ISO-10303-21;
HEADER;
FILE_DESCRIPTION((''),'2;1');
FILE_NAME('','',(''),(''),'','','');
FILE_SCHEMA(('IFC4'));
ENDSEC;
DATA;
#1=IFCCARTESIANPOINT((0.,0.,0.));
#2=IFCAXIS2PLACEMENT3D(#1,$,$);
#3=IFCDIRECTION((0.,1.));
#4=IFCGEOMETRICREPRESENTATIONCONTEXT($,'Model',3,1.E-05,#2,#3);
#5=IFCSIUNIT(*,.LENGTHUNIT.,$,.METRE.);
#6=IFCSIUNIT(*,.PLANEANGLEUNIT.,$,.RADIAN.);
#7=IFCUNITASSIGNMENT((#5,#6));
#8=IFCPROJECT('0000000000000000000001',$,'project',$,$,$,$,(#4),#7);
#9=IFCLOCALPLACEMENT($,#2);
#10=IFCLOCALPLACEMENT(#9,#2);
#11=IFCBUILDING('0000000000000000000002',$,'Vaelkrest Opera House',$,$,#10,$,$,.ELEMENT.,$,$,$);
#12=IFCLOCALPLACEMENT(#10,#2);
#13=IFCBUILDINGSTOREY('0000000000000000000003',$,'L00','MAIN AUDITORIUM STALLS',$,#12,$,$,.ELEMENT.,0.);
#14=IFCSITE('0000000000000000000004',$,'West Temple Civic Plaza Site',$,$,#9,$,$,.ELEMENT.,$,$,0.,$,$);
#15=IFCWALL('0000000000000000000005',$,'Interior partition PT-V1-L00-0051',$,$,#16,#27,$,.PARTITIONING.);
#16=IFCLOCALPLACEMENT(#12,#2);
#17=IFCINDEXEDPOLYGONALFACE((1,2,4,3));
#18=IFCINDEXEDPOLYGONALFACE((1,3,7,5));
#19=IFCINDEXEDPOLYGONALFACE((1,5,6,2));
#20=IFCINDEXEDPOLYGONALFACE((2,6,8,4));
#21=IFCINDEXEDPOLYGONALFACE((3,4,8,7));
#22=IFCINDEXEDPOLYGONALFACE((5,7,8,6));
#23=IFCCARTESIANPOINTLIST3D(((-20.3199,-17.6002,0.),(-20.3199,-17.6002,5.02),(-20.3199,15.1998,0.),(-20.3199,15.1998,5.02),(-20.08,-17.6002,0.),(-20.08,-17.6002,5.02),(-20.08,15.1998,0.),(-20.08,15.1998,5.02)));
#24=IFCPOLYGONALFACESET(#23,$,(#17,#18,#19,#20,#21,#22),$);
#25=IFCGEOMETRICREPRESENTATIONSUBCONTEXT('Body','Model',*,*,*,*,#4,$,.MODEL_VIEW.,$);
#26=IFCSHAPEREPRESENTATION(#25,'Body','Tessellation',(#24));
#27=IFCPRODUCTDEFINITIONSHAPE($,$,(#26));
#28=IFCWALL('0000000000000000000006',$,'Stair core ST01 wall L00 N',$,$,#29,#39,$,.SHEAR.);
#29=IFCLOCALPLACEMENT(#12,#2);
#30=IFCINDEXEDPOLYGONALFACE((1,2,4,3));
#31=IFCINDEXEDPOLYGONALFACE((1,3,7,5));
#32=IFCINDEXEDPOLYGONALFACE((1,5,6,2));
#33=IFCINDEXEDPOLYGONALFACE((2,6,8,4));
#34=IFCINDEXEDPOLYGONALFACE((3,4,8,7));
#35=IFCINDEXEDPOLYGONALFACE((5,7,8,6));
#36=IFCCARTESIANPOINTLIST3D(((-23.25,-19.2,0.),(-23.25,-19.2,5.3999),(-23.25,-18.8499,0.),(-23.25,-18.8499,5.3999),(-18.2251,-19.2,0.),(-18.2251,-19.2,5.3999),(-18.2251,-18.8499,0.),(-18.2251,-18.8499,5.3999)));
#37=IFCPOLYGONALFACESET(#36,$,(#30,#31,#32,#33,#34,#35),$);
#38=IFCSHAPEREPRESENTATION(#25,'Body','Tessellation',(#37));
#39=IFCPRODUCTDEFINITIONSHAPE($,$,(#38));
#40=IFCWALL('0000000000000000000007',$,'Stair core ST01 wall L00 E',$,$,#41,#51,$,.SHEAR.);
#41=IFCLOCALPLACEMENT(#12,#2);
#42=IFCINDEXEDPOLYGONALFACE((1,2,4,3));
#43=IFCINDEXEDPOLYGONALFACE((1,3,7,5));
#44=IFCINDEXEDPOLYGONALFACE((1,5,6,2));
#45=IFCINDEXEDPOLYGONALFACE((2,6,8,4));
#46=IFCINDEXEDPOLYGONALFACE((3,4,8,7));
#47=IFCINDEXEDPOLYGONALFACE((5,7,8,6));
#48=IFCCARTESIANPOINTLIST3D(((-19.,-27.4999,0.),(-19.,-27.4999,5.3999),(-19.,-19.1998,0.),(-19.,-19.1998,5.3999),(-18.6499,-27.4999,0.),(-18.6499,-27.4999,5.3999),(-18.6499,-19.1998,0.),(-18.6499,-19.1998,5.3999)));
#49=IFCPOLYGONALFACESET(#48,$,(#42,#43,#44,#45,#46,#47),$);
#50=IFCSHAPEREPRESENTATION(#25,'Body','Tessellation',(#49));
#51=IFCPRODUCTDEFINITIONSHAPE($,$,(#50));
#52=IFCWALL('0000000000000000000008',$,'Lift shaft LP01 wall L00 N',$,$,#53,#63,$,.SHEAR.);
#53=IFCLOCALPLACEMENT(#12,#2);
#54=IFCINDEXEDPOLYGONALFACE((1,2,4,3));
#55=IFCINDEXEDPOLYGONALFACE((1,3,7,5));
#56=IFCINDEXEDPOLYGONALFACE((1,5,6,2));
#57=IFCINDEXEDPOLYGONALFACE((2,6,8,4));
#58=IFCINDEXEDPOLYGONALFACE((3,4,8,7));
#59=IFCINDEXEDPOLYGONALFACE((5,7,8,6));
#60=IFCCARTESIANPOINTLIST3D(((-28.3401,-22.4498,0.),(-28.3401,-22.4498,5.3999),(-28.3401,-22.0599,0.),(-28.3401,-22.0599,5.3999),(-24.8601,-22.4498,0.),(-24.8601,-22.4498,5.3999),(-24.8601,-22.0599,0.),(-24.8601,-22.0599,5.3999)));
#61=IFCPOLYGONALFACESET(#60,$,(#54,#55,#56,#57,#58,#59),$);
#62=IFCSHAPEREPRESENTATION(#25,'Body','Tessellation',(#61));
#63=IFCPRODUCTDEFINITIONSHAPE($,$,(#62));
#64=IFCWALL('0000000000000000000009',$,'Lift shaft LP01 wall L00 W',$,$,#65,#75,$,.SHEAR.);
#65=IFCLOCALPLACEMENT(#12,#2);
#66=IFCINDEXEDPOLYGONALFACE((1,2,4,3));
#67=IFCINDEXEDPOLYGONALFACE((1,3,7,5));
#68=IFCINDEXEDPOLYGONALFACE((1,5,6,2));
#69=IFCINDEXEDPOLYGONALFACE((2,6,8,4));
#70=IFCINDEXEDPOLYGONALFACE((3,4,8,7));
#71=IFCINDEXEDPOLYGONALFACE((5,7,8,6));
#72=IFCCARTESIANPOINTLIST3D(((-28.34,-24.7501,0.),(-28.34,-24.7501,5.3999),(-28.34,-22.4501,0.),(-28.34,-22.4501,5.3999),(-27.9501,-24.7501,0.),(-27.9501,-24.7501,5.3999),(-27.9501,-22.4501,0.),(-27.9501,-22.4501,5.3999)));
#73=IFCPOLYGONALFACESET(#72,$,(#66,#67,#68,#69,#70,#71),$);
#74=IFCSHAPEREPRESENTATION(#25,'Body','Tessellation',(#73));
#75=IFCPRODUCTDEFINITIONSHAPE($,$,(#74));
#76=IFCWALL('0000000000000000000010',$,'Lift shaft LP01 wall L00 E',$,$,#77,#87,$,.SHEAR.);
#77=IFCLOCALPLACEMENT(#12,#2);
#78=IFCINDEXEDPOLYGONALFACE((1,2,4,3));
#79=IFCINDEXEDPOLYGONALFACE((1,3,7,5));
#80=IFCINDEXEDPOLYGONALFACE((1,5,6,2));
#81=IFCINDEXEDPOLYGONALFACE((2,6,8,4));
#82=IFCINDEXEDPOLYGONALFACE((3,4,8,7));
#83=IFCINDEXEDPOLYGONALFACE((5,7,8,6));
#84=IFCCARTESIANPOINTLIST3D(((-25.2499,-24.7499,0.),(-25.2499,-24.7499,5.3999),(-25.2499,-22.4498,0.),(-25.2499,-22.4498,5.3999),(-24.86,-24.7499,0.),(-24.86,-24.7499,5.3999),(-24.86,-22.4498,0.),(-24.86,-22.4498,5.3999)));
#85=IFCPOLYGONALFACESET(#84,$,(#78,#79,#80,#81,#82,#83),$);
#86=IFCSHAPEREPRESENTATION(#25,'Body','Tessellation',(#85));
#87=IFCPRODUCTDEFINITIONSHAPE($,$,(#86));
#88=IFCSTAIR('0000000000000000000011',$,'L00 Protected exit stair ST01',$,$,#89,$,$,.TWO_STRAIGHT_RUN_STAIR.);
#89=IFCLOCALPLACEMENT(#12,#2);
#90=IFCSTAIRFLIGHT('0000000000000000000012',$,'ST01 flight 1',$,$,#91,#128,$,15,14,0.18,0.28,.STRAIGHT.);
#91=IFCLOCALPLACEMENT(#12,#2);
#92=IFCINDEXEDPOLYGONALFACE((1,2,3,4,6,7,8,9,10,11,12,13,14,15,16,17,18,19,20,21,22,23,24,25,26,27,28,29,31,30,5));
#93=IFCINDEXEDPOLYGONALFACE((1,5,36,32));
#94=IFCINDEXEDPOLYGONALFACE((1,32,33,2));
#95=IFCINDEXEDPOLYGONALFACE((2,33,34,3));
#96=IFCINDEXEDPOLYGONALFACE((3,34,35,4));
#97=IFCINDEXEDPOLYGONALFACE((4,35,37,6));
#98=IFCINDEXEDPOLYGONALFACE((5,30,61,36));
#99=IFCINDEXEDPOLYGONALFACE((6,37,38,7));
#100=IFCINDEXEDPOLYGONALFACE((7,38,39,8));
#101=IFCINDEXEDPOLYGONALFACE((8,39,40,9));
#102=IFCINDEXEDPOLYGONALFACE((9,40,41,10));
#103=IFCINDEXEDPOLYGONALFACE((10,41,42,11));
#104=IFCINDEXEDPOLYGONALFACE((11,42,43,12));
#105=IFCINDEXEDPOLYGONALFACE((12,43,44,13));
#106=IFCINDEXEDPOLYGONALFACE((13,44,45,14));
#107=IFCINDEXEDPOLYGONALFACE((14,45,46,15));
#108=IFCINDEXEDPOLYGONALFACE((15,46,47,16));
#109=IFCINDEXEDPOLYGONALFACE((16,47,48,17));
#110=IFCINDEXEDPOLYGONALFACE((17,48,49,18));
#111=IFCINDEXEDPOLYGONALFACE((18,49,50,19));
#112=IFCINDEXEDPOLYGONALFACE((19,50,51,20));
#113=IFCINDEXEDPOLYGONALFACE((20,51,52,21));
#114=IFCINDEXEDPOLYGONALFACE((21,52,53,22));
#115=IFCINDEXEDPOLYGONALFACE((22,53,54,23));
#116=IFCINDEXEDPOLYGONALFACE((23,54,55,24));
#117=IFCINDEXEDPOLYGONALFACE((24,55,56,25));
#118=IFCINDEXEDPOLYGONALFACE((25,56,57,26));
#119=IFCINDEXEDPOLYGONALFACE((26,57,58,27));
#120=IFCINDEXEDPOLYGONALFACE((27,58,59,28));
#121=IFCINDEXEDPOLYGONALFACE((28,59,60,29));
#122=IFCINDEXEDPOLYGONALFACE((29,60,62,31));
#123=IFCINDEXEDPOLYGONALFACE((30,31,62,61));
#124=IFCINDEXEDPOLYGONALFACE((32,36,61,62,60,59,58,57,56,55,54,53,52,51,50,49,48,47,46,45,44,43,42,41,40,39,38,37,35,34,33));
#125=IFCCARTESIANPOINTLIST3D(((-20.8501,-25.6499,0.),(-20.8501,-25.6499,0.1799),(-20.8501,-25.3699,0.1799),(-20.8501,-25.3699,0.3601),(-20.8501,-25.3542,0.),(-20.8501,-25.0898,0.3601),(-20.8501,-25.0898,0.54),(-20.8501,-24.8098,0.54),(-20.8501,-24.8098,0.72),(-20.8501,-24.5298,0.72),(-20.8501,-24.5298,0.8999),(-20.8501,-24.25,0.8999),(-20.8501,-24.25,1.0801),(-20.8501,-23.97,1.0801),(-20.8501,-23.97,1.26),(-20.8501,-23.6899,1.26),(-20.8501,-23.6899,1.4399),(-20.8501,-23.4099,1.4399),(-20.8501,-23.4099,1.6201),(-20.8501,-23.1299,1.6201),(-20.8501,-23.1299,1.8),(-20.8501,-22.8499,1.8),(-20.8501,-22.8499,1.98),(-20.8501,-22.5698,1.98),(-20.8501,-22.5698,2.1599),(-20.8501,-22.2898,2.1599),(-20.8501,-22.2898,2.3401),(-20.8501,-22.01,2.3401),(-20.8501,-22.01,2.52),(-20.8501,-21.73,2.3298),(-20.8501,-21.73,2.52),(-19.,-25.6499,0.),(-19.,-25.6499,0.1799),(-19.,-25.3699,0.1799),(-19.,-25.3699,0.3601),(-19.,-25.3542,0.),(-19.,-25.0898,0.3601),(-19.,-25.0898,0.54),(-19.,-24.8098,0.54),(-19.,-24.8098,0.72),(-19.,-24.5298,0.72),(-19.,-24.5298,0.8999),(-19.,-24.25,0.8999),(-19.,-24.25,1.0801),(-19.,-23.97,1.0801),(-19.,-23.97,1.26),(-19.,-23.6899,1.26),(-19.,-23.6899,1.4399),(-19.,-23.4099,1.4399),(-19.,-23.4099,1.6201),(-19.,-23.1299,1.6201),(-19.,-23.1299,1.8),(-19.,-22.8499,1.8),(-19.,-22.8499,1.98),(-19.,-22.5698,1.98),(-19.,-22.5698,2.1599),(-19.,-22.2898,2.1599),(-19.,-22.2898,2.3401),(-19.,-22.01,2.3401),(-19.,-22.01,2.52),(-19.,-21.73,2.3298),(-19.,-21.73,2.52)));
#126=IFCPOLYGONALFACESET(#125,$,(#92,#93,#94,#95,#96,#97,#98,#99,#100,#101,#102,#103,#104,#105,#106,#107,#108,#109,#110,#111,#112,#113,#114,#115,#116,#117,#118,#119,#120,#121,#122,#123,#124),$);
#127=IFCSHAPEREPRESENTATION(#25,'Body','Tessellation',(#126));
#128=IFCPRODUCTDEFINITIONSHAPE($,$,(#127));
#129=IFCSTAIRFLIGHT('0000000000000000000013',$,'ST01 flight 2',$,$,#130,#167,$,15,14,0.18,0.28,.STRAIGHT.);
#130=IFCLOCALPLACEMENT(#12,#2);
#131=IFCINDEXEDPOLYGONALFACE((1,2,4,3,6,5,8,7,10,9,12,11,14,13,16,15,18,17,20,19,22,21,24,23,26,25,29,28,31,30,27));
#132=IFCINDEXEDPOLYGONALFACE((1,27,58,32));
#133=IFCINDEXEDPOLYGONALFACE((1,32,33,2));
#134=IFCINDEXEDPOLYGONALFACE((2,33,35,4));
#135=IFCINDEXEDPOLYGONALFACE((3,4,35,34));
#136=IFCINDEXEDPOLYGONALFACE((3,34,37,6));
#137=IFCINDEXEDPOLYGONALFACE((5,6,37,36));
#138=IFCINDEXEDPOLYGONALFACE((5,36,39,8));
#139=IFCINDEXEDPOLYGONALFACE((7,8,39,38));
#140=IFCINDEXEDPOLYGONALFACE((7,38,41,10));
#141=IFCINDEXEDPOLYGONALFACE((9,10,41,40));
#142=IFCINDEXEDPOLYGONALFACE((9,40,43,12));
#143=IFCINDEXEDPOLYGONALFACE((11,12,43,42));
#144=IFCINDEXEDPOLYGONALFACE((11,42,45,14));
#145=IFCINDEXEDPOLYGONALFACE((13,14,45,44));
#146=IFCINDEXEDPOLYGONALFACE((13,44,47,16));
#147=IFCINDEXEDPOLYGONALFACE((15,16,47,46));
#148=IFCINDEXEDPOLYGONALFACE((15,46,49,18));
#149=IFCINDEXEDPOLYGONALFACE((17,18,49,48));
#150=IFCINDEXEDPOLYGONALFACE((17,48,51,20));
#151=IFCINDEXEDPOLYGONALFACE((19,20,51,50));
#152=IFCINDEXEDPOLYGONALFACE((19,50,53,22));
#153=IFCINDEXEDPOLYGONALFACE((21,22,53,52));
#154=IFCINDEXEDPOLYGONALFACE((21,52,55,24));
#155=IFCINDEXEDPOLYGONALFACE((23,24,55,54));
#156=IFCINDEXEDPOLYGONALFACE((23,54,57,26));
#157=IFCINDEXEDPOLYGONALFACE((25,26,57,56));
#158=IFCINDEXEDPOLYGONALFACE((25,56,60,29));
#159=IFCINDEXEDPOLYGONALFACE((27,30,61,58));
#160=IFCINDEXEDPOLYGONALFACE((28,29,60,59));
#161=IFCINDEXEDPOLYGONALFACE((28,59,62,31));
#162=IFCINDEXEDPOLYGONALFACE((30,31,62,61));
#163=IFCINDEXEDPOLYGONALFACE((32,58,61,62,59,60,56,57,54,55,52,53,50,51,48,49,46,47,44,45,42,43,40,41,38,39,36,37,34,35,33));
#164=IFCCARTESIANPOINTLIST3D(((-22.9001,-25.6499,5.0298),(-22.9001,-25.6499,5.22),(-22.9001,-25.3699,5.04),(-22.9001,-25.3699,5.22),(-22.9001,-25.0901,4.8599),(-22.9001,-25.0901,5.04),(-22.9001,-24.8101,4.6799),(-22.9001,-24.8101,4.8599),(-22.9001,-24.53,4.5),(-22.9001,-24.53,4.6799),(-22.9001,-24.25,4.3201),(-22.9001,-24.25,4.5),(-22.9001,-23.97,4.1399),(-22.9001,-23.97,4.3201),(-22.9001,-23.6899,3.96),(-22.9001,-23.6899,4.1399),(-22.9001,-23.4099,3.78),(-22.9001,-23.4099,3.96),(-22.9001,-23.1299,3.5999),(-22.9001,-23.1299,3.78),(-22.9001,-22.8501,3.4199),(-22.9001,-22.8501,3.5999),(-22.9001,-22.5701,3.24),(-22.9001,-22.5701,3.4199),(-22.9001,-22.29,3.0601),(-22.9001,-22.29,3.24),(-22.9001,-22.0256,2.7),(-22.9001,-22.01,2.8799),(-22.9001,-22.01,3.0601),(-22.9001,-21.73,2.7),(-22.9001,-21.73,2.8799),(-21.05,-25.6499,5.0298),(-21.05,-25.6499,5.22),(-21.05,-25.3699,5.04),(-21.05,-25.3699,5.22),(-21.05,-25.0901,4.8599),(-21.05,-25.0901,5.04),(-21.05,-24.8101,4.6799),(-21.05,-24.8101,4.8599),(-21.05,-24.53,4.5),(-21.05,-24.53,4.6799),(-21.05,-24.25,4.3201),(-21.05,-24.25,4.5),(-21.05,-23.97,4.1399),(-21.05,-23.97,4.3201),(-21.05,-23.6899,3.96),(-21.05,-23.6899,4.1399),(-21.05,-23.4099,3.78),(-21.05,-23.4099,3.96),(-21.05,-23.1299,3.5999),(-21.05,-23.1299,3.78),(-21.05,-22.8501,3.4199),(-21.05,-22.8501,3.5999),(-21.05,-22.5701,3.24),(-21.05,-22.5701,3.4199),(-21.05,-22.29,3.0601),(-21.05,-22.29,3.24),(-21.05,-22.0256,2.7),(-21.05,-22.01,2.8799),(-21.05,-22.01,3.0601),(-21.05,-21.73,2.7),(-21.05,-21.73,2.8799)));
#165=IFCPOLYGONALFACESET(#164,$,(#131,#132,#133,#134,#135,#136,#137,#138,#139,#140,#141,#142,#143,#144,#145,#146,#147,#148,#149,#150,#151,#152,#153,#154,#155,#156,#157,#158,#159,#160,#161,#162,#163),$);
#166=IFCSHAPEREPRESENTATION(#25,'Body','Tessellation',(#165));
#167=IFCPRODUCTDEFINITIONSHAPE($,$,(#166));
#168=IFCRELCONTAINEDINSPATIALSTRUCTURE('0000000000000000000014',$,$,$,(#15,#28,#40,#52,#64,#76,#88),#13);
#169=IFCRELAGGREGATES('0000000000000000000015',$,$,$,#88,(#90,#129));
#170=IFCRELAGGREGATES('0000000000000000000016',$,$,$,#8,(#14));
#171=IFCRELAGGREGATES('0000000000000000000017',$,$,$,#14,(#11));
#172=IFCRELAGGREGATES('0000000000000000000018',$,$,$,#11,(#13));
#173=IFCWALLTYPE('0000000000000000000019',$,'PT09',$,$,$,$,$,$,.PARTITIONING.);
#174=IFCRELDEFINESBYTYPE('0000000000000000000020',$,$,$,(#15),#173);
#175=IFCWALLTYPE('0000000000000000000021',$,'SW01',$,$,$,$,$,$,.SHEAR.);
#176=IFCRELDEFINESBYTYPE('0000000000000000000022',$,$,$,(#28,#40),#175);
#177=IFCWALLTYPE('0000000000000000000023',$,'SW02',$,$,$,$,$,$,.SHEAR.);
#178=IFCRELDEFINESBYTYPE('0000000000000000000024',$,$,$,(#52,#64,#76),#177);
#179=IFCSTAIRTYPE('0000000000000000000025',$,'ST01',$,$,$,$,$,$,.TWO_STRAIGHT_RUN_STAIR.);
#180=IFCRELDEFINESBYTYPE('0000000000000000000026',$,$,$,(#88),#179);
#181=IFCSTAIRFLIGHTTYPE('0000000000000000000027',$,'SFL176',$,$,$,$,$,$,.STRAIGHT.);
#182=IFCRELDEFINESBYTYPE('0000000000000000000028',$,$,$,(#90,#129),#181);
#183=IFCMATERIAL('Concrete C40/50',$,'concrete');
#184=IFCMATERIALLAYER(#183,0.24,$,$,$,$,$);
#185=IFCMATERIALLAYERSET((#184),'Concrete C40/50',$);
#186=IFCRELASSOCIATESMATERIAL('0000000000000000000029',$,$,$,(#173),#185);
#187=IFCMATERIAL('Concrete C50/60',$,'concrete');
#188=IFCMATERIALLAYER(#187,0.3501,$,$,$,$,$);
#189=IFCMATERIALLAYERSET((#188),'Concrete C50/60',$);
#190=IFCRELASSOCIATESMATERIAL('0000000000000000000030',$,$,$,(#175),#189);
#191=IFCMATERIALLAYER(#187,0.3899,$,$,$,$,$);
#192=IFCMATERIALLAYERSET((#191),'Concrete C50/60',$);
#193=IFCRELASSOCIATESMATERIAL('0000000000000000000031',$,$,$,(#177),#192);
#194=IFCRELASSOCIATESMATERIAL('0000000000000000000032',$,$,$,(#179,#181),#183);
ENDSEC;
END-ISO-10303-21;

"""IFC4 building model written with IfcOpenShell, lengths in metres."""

from ifc_helpers import new_model, si_unit, direction, frame, frame_2d, origin, place, context, subcontext, project, spatial, polyline, rectangle, outline, extrude, material, layer, layer_set, type_object, element, aggregate, save


model = new_model("IFC4")

# Units and contexts
model_context = context("Model", 3, precision=1e-05, world=origin(), true_north=direction((0.0, 1.0)))
body_context = subcontext(model_context, "Body", "Model", "MODEL_VIEW")
ifc_project = project(units=[si_unit("LENGTHUNIT", "METRE"), si_unit("PLANEANGLEUNIT", "RADIAN")], contexts=[model_context])

# Site, building, storey
site_placement = place(None, origin())
site = spatial("IfcSite", under=ifc_project, at=site_placement, Name="West Temple Civic Plaza Site", CompositionType="ELEMENT", RefElevation=0.0)
building_placement = place(site_placement, origin())
building = spatial("IfcBuilding", under=site, at=building_placement, Name="Vaelkrest Opera House", CompositionType="ELEMENT")
storey_placement = place(building_placement, origin())
storey = spatial("IfcBuildingStorey", under=building, at=storey_placement, Name="L00", Description="MAIN AUDITORIUM STALLS", CompositionType="ELEMENT", Elevation=0.0)

# Shared definitions
ifc_material_1 = material(Name="Concrete C50/60", Category="concrete")

# Shared definitions
ifc_material_2 = material(Name="Concrete C40/50", Category="concrete")

# Walls
ifc_layer_1 = layer(ifc_material_2, 0.24)
ifc_layer_set_1 = layer_set([ifc_layer_1], Name="Concrete C40/50")
wall_type_1 = type_object("IfcWallType", Name="PT09", PredefinedType="PARTITIONING", material=ifc_layer_set_1)
wall_1_placement = place(storey_placement, frame((-20.2, -17.6001, 0.0), z_axis=(0.0, 0.0, 1.0), x_axis=(0.0, 1.0, 0.0)))
element("IfcWall", 1, at=wall_1_placement, inside=storey, type_object=wall_type_1, Name="Interior partition PT-V1-L00-0051", PredefinedType="PARTITIONING", context=body_context, shape_type="SweptSolid", body=[
    extrude(rectangle(XDim=32.8, YDim=0.24, at=frame_2d((16.3999, 0.0))), origin(), (0.0, 0.0, 1.0), 5.02),
])
ifc_layer_2 = layer(ifc_material_1, 0.3501)
ifc_layer_set_2 = layer_set([ifc_layer_2], Name="Concrete C50/60")
wall_type_2 = type_object("IfcWallType", Name="SW01", PredefinedType="SHEAR", material=ifc_layer_set_2)
wall_2_placement = place(storey_placement, frame((-23.25, -19.0249, 0.0), z_axis=(0.0, 0.0, 1.0), x_axis=(1.0, 0.0, 0.0)))
element("IfcWall", 2, at=wall_2_placement, inside=storey, type_object=wall_type_2, Name="Stair core ST01 wall L00 N", PredefinedType="SHEAR", context=body_context, shape_type="SweptSolid", body=[
    extrude(rectangle(XDim=5.0249, YDim=0.3501, at=frame_2d((2.5125, 0.0))), origin(), (0.0, 0.0, 1.0), 5.3999),
])
wall_3_placement = place(storey_placement, frame((-18.825, -19.2, 0.0), z_axis=(0.0, 0.0, 1.0), x_axis=(0.0, -1.0, 0.0)))
element("IfcWall", 3, at=wall_3_placement, inside=storey, type_object=wall_type_2, Name="Stair core ST01 wall L00 E", PredefinedType="SHEAR", context=body_context, shape_type="SweptSolid", body=[
    extrude(rectangle(XDim=8.3, YDim=0.3501, at=frame_2d((4.1499, 0.0))), origin(), (0.0, 0.0, 1.0), 5.3999),
])

# Shared definitions
ifc_layer_3 = layer(ifc_material_1, 0.3899)
ifc_layer_set_3 = layer_set([ifc_layer_3], Name="Concrete C50/60")
wall_type_3 = type_object("IfcWallType", Name="SW02", PredefinedType="SHEAR", material=ifc_layer_set_3)

# Walls
wall_4_placement = place(storey_placement, frame((-28.3401, -22.2549, 0.0), z_axis=(0.0, 0.0, 1.0), x_axis=(1.0, 0.0, 0.0)))
element("IfcWall", 4, at=wall_4_placement, inside=storey, type_object=wall_type_3, Name="Lift shaft LP01 wall L00 N", PredefinedType="SHEAR", context=body_context, shape_type="SweptSolid", body=[
    extrude(rectangle(XDim=3.48, YDim=0.3899, at=frame_2d((1.74, 0.0))), origin(), (0.0, 0.0, 1.0), 5.3999),
])
for number, where, z_axis, x_axis, name in (
    (5, (-28.145, -24.75, 0.0), (0.0, 0.0, 1.0), (0.0, 1.0, 0.0), "Lift shaft LP01 wall L00 W"),
    (6, (-25.0549, -22.45, 0.0), (0.0, 0.0, 1.0), (0.0, -1.0, 0.0), "Lift shaft LP01 wall L00 E"),
):
    element("IfcWall", number, at=place(storey_placement, frame(where, z_axis=z_axis, x_axis=x_axis)), inside=storey, type_object=wall_type_3, Name=name, PredefinedType="SHEAR", context=body_context, shape_type="SweptSolid", body=[
        extrude(rectangle(XDim=2.3, YDim=0.3899, at=frame_2d((1.1499, 0.0))), origin(), (0.0, 0.0, 1.0), 5.3999),
    ])

# Stair, stair flights
stair_type = type_object("IfcStairType", Name="ST01", PredefinedType="TWO_STRAIGHT_RUN_STAIR", material=ifc_material_2)
stair_placement = place(storey_placement, origin())
stair = element("IfcStair", 7, at=stair_placement, inside=storey, type_object=stair_type, Name="L00 Protected exit stair ST01", PredefinedType="TWO_STRAIGHT_RUN_STAIR")
stair_flight_type = type_object("IfcStairFlightType", Name="SFL176", PredefinedType="STRAIGHT", material=ifc_material_2)
stair_flight_1_placement = place(storey_placement, frame((-19.925, -25.6499, 0.0), z_axis=(0.0, 0.0, 1.0), x_axis=(0.0, 1.0, 0.0)))
stair_flight_1 = element("IfcStairFlight", 8, at=stair_flight_1_placement, type_object=stair_flight_type, Name="ST01 flight 1", NumberOfRisers=15, NumberOfTreads=14, PredefinedType="STRAIGHT", RiserHeight=0.18, TreadLength=0.28, context=body_context, shape_type="SweptSolid", body=[
    extrude(outline(polyline([(0.0, 0.0), (0.0, 0.1799), (0.28, 0.1799), (0.28, 0.3601), (0.5601, 0.3601), (0.5601, 0.54), (0.8401, 0.54), (0.8401, 0.72), (1.1201, 0.72), (1.1201, 0.8999), (1.3999, 0.8999), (1.3999, 1.0801), (1.6799, 1.0801), (1.6799, 1.26), (1.96, 1.26), (1.96, 1.4399), (2.24, 1.4399), (2.24, 1.6201), (2.52, 1.6201), (2.52, 1.8), (2.8, 1.8), (2.8, 1.98), (3.0801, 1.98), (3.0801, 2.1599), (3.3601, 2.1599), (3.3601, 2.3401), (3.6399, 2.3401), (3.6399, 2.52), (3.9199, 2.52), (3.9199, 2.7), (3.9199, 2.3298), (0.2957, 0.0), (0.0, 0.0)])), frame((0.0, 0.925, 0.0), z_axis=(0.0, -1.0, 0.0), x_axis=(1.0, 0.0, 0.0)), (0.0, 0.0, 1.0), 1.8501),
])
stair_flight_2_placement = place(storey_placement, frame((-21.9751, -21.73, 2.7), z_axis=(0.0, 0.0, 1.0), x_axis=(0.0, -1.0, 0.0)))
stair_flight_2 = element("IfcStairFlight", 9, at=stair_flight_2_placement, type_object=stair_flight_type, Name="ST01 flight 2", NumberOfRisers=15, NumberOfTreads=14, PredefinedType="STRAIGHT", RiserHeight=0.18, TreadLength=0.28, context=body_context, shape_type="SweptSolid", body=[
    extrude(outline(polyline([(0.0, 0.0), (0.0, 0.1799), (0.28, 0.1799), (0.28, 0.3601), (0.5601, 0.3601), (0.5601, 0.54), (0.8401, 0.54), (0.8401, 0.72), (1.1201, 0.72), (1.1201, 0.8999), (1.3999, 0.8999), (1.3999, 1.0801), (1.6799, 1.0801), (1.6799, 1.26), (1.96, 1.26), (1.96, 1.4399), (2.24, 1.4399), (2.24, 1.6201), (2.52, 1.6201), (2.52, 1.8), (2.8, 1.8), (2.8, 1.98), (3.0801, 1.98), (3.0801, 2.1599), (3.3601, 2.1599), (3.3601, 2.3401), (3.6399, 2.3401), (3.6399, 2.52), (3.9199, 2.52), (3.9199, 2.7), (3.9199, 2.3298), (0.2957, 0.0), (0.0, 0.0)])), frame((0.0, 0.925, 0.0), z_axis=(0.0, -1.0, 0.0), x_axis=(1.0, 0.0, 0.0)), (0.0, 0.0, 1.0), 1.8501),
])
aggregate(stair, [stair_flight_1, stair_flight_2])

save(model, "model.ifc")
